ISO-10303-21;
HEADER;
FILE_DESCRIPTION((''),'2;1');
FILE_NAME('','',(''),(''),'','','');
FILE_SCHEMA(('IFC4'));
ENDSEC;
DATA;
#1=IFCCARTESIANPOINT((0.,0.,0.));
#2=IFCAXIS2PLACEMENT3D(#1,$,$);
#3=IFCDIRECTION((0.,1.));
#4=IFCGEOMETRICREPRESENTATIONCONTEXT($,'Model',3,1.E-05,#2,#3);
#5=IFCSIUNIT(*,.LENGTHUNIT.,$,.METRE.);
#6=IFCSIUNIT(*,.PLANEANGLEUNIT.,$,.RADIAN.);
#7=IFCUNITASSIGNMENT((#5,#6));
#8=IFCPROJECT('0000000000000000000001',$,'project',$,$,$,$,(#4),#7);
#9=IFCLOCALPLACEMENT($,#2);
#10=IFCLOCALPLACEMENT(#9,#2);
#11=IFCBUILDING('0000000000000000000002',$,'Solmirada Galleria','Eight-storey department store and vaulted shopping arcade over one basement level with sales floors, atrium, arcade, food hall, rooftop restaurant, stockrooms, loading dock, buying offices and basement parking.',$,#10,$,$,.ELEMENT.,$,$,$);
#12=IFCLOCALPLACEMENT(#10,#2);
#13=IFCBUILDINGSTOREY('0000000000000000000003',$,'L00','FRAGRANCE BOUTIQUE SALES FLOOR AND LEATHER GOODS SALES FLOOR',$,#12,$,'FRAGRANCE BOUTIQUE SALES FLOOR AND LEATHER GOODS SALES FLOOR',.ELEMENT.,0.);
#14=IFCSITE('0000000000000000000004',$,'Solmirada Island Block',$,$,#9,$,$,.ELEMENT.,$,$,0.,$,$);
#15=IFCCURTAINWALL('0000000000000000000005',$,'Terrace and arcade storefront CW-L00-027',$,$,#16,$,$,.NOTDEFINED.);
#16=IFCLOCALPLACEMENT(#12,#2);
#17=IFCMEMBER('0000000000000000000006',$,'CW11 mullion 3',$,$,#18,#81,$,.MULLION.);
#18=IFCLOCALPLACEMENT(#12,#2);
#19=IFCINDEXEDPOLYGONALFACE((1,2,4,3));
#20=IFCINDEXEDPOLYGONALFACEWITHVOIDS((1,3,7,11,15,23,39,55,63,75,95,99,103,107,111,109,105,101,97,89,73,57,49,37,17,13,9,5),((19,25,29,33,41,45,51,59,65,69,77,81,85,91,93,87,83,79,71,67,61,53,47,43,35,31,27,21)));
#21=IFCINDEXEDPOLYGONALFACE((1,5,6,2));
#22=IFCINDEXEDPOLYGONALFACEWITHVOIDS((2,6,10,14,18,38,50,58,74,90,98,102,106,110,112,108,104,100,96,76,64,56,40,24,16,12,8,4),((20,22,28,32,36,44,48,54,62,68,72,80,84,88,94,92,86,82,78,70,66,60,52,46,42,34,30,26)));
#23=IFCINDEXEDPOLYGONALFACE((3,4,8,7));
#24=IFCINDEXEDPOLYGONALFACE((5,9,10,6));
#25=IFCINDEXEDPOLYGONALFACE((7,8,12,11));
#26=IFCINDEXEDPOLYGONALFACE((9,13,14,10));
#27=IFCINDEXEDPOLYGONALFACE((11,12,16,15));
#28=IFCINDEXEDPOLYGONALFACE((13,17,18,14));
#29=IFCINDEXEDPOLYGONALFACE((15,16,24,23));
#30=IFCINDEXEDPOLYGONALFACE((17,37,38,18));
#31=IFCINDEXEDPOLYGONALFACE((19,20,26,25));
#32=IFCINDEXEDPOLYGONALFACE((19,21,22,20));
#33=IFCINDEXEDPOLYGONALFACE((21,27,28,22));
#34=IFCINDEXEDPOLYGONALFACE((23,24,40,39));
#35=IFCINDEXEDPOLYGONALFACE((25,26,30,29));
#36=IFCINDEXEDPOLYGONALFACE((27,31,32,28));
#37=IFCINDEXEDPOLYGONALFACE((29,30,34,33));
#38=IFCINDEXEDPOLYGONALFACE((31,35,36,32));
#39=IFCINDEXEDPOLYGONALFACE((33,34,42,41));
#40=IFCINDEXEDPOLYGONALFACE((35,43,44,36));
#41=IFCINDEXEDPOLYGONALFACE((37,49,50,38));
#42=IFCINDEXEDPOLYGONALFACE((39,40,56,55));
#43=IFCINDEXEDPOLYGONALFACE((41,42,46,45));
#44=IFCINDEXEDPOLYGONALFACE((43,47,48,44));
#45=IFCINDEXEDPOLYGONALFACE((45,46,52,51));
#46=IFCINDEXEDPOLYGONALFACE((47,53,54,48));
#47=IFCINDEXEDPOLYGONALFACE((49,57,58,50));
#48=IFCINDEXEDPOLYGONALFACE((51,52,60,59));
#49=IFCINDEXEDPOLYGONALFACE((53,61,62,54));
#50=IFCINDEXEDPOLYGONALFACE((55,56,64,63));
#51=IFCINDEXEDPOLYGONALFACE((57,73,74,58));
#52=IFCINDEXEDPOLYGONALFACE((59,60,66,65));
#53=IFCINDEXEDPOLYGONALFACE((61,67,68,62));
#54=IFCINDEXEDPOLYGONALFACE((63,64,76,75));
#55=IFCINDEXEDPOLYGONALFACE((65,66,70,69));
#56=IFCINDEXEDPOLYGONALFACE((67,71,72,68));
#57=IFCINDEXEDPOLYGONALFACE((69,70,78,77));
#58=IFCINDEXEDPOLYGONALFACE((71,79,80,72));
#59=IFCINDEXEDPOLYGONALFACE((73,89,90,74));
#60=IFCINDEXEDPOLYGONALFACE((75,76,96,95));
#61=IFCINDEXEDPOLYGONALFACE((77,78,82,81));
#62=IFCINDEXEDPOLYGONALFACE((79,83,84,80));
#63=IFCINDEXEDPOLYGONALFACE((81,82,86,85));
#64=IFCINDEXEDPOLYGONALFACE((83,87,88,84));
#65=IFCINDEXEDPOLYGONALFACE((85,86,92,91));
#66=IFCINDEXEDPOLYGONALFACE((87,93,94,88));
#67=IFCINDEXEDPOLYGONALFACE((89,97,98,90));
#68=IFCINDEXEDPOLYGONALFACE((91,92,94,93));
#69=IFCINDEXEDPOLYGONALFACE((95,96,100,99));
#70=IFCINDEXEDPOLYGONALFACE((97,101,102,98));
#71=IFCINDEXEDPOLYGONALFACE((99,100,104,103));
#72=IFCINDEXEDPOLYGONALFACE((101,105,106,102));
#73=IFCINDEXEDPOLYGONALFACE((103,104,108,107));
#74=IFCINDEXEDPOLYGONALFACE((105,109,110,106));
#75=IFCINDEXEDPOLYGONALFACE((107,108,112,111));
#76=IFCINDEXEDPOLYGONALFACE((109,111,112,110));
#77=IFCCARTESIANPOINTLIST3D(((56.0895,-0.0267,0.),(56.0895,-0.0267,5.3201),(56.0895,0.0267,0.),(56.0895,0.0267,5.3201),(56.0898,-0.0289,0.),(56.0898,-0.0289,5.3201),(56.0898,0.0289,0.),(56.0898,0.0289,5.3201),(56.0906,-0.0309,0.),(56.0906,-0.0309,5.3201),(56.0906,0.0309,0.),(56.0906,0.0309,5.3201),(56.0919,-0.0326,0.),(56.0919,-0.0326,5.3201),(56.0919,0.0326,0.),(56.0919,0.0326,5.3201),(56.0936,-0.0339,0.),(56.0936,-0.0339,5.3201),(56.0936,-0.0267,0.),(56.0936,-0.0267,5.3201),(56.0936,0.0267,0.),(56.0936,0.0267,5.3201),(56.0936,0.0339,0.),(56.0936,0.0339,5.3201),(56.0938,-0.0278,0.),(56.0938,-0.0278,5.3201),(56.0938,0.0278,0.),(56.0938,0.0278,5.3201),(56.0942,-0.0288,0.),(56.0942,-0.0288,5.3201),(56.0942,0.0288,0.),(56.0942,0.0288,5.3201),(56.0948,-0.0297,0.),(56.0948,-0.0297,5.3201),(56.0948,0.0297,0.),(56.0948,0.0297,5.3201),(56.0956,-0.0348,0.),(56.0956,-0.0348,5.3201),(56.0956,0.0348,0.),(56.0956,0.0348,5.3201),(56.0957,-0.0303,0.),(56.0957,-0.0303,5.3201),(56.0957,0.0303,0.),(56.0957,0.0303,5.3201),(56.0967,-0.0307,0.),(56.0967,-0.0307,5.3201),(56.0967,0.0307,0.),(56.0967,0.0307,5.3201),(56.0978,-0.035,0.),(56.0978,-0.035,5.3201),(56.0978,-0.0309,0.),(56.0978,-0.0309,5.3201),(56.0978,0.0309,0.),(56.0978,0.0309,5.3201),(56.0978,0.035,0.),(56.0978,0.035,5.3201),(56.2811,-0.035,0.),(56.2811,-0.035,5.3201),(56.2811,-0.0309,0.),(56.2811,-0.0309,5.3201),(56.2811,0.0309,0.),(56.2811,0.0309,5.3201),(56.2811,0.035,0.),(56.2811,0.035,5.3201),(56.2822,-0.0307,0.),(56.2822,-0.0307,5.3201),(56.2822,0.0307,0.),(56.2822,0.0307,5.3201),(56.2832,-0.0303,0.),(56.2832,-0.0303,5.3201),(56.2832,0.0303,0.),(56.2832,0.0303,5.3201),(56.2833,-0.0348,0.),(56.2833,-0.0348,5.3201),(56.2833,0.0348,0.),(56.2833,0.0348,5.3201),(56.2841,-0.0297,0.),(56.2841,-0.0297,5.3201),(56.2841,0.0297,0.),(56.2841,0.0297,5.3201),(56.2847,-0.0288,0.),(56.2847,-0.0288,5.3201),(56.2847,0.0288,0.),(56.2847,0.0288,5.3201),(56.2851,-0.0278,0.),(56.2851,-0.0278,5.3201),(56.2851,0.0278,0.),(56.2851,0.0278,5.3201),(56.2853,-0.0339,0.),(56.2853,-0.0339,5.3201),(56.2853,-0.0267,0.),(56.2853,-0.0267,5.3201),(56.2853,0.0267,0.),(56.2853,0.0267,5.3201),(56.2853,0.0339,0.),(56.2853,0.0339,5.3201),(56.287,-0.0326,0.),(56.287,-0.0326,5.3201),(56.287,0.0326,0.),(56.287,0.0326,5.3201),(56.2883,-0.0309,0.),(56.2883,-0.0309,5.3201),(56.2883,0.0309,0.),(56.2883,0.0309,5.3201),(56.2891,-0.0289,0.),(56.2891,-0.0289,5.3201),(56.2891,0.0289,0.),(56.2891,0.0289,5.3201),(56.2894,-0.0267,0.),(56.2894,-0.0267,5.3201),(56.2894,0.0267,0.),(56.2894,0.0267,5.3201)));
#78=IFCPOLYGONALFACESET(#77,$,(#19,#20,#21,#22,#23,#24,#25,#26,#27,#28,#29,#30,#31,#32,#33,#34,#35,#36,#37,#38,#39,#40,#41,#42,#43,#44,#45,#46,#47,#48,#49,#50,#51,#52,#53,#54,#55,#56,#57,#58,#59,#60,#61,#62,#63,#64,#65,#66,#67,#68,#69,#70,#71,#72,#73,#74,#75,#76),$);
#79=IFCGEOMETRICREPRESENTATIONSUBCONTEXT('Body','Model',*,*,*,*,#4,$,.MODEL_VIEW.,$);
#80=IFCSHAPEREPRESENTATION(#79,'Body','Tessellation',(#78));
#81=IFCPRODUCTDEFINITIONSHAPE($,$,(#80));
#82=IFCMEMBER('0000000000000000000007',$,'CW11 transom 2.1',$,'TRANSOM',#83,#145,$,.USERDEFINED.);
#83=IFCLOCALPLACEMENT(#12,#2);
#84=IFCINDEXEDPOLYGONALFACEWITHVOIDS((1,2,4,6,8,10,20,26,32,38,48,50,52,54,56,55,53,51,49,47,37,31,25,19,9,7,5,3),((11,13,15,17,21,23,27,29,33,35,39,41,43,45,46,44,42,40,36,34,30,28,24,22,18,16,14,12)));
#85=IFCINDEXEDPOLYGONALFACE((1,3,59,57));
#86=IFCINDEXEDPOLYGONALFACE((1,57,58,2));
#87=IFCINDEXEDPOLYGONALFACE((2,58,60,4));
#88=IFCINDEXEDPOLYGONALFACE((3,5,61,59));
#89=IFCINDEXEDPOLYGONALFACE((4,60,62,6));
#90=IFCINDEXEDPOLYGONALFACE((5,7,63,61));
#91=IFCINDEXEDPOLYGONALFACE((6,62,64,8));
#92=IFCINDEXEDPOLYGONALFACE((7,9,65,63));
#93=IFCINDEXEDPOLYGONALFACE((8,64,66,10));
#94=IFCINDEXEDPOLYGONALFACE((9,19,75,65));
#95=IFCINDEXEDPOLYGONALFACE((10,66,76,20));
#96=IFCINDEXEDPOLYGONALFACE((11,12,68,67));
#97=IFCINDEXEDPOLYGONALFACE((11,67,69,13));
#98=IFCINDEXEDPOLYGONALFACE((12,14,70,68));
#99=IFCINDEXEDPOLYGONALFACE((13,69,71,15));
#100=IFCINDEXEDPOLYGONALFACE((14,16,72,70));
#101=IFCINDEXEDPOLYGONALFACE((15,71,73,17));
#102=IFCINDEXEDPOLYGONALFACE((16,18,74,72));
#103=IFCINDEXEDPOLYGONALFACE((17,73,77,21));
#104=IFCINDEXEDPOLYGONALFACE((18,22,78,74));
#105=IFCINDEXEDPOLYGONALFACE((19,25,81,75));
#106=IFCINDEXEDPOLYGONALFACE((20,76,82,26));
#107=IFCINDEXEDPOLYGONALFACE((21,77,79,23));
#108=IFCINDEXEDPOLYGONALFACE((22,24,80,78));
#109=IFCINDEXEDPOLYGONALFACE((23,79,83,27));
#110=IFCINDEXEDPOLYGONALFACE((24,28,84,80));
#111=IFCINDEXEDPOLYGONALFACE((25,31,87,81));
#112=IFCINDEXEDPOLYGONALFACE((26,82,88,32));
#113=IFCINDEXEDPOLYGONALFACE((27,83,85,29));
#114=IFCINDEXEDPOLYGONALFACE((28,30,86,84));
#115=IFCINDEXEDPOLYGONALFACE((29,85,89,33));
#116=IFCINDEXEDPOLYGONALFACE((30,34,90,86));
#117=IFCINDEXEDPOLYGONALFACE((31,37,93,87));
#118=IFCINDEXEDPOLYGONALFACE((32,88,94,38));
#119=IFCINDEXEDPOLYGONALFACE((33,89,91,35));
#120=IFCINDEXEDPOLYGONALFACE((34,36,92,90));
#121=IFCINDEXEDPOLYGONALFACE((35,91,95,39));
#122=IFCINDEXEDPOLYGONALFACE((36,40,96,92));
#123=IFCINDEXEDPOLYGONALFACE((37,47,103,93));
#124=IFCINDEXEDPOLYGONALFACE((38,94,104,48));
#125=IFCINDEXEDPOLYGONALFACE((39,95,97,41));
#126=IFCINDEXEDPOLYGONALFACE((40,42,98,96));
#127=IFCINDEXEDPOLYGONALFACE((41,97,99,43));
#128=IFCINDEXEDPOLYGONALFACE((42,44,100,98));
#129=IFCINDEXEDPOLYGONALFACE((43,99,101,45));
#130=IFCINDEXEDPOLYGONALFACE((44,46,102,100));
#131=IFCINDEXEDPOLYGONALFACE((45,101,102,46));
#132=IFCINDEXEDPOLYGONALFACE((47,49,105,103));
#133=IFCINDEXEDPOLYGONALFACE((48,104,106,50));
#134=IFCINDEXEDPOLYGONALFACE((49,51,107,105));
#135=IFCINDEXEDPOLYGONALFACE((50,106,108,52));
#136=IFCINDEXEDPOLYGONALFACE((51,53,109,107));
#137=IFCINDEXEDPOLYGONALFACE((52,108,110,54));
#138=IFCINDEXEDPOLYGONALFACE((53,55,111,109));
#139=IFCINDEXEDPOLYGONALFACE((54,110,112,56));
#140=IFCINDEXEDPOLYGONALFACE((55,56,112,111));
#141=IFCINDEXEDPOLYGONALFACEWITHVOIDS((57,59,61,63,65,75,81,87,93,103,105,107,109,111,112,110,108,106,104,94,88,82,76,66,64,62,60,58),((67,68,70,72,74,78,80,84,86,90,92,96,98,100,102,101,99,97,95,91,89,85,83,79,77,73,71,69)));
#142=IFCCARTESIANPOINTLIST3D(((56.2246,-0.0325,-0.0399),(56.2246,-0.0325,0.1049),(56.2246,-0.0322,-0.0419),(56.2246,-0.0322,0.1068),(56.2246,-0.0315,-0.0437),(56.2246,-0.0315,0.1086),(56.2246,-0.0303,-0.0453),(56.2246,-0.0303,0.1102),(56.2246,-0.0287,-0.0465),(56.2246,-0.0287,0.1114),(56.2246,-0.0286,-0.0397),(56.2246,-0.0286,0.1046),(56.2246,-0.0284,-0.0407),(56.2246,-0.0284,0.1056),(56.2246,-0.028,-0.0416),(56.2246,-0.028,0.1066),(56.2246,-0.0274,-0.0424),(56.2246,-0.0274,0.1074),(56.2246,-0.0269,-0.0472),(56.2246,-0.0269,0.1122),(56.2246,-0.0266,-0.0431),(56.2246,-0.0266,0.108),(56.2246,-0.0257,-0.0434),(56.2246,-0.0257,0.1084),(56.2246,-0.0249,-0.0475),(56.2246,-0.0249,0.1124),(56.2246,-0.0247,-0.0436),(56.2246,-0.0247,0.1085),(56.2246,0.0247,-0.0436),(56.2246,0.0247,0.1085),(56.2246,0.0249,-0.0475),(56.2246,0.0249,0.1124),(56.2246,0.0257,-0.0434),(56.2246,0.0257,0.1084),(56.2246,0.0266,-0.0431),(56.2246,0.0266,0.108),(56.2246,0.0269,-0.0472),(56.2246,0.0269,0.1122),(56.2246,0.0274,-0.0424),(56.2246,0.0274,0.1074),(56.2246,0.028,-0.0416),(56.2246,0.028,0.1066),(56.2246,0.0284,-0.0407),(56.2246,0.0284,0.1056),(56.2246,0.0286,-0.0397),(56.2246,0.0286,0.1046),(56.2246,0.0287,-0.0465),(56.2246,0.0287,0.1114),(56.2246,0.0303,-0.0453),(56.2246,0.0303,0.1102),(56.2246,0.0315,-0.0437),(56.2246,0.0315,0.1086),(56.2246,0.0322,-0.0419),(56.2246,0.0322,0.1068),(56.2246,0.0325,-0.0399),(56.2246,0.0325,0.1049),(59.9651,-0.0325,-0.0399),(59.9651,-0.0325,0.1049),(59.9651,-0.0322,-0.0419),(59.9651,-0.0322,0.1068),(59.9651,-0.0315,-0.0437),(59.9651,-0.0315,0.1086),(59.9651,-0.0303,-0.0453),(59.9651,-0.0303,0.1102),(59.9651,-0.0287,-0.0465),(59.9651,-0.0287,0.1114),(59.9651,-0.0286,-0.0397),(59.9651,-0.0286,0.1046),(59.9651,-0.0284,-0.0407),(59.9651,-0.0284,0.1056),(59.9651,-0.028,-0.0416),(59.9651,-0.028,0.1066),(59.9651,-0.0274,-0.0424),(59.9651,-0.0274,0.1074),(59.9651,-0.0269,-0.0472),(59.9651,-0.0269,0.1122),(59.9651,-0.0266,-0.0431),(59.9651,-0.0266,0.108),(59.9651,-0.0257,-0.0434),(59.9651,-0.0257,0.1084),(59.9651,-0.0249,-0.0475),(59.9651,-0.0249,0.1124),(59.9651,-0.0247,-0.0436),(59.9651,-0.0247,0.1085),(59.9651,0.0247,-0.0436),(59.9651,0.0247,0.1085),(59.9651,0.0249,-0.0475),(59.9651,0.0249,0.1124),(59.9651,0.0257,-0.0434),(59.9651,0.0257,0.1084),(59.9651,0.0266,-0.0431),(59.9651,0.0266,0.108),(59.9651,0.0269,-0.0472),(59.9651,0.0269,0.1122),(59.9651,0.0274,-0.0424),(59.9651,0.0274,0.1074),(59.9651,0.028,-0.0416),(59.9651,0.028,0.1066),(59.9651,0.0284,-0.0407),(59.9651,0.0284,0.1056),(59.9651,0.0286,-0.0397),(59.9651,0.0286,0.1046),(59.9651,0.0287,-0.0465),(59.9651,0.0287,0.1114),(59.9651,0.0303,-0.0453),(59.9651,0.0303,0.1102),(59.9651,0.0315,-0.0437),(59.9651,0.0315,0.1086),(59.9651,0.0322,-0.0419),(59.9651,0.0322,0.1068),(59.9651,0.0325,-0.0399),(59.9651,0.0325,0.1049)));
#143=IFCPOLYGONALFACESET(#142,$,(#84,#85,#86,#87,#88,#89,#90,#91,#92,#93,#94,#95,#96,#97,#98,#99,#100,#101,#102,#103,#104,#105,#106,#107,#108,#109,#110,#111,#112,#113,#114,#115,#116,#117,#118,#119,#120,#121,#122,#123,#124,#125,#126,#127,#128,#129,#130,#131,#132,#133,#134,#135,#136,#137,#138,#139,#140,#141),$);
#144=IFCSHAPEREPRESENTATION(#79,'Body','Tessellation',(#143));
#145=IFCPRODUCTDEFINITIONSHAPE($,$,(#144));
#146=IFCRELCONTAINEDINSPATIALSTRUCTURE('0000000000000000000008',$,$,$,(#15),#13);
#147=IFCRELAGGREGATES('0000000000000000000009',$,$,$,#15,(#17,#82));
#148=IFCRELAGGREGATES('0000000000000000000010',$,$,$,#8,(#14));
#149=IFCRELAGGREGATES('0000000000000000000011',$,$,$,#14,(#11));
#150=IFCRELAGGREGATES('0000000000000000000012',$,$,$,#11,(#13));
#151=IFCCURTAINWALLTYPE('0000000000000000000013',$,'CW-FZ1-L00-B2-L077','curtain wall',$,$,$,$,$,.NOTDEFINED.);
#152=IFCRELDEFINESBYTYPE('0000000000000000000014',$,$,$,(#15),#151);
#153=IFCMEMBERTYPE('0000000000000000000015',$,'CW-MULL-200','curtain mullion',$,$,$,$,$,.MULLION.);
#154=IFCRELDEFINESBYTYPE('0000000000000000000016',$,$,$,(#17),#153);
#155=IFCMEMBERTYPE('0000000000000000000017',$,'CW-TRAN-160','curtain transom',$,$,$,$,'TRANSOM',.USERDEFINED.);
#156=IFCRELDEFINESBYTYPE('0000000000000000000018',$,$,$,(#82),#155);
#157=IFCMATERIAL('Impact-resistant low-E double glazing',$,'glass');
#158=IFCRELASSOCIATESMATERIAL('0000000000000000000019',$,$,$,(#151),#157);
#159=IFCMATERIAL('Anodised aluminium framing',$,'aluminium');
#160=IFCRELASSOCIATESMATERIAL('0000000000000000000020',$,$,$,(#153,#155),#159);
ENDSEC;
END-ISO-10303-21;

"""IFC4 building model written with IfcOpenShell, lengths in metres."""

from ifc_helpers import new_model, si_unit, direction, frame, origin, origin_2d, place, context, subcontext, project, spatial, hollow_rectangle, extrude, material, material_profile, profile_set, type_object, element, aggregate, save


model = new_model("IFC4")

# Units and contexts
model_context = context("Model", 3, precision=1e-05, world=origin(), true_north=direction((0.0, 1.0)))
body_context = subcontext(model_context, "Body", "Model", "MODEL_VIEW")
ifc_project = project(units=[si_unit("LENGTHUNIT", "METRE"), si_unit("PLANEANGLEUNIT", "RADIAN")], contexts=[model_context])

# Site, building, storey
site_placement = place(None, origin())
site = spatial("IfcSite", under=ifc_project, at=site_placement, Name="Solmirada Island Block", CompositionType="ELEMENT", RefElevation=0.0)
building_placement = place(site_placement, origin())
building = spatial("IfcBuilding", under=site, at=building_placement, Name="Solmirada Galleria", Description="Eight-storey department store and vaulted shopping arcade over one basement level with sales floors, atrium, arcade, food hall, rooftop restaurant, stockrooms, loading dock, buying offices and basement parking.", CompositionType="ELEMENT")
storey_placement = place(building_placement, origin())
storey = spatial("IfcBuildingStorey", under=building, at=storey_placement, Name="L00", Description="FRAGRANCE BOUTIQUE SALES FLOOR AND LEATHER GOODS SALES FLOOR", LongName="FRAGRANCE BOUTIQUE SALES FLOOR AND LEATHER GOODS SALES FLOOR", CompositionType="ELEMENT", Elevation=0.0)

# Curtain wall, members
ifc_material_1 = material(Name="Impact-resistant low-E double glazing", Category="glass")
curtain_wall_type = type_object("IfcCurtainWallType", Name="CW-FZ1-L00-B2-L077", Description="curtain wall", PredefinedType="NOTDEFINED", material=ifc_material_1)
curtain_wall_placement = place(storey_placement, origin())
curtain_wall = element("IfcCurtainWall", 1, at=curtain_wall_placement, inside=storey, type_object=curtain_wall_type, Name="Terrace and arcade storefront CW-L00-027", PredefinedType="NOTDEFINED")
ifc_material_2 = material(Name="Anodised aluminium framing", Category="aluminium")
ifc_material_profile_1 = material_profile(ifc_material_2, hollow_rectangle(XDim=0.0701, YDim=0.2, WallThickness=0.0042, InnerFilletRadius=0.0042, OuterFilletRadius=0.0083, at=origin_2d()), Name="ALU-MULL-200X70")
ifc_profile_set_1 = profile_set([ifc_material_profile_1], Name="Anodised aluminium framing")
member_type_1 = type_object("IfcMemberType", Name="CW-MULL-200", Description="curtain mullion", PredefinedType="MULLION", material=ifc_profile_set_1)
member_1_placement = place(storey_placement, frame((56.1895, 0.0, 0.0), z_axis=(0.0, 0.0, 1.0), x_axis=(0.0, -1.0, 0.0)))
member_1 = element("IfcMember", 2, at=member_1_placement, type_object=member_type_1, Name="CW11 mullion 3", PredefinedType="MULLION", context=body_context, shape_type="SweptSolid", body=[
    extrude(hollow_rectangle(XDim=0.0701, YDim=0.2, WallThickness=0.0042, InnerFilletRadius=0.0042, OuterFilletRadius=0.0083, at=origin_2d()), origin(), (0.0, 0.0, 1.0), 5.3201),
])
ifc_material_profile_2 = material_profile(ifc_material_2, hollow_rectangle(XDim=0.0649, YDim=0.1599, WallThickness=0.0039, InnerFilletRadius=0.0039, OuterFilletRadius=0.0076, at=origin_2d()), Name="ALU-TRAN-160X65")
ifc_profile_set_2 = profile_set([ifc_material_profile_2], Name="Anodised aluminium framing")
member_type_2 = type_object("IfcMemberType", Name="CW-TRAN-160", Description="curtain transom", ElementType="TRANSOM", PredefinedType="USERDEFINED", material=ifc_profile_set_2)
member_2_placement = place(storey_placement, frame((59.9651, 0.0, 0.0325), z_axis=(-1.0, 0.0, 0.0), x_axis=(0.0, -1.0, 0.0)))
member_2 = element("IfcMember", 3, at=member_2_placement, type_object=member_type_2, Name="CW11 transom 2.1", ObjectType="TRANSOM", PredefinedType="USERDEFINED", context=body_context, shape_type="SweptSolid", body=[
    extrude(hollow_rectangle(XDim=0.0649, YDim=0.1599, WallThickness=0.0039, InnerFilletRadius=0.0039, OuterFilletRadius=0.0076, at=origin_2d()), origin(), (0.0, 0.0, 1.0), 3.7405),
])
aggregate(curtain_wall, [member_1, member_2])

save(model, "model.ifc")
